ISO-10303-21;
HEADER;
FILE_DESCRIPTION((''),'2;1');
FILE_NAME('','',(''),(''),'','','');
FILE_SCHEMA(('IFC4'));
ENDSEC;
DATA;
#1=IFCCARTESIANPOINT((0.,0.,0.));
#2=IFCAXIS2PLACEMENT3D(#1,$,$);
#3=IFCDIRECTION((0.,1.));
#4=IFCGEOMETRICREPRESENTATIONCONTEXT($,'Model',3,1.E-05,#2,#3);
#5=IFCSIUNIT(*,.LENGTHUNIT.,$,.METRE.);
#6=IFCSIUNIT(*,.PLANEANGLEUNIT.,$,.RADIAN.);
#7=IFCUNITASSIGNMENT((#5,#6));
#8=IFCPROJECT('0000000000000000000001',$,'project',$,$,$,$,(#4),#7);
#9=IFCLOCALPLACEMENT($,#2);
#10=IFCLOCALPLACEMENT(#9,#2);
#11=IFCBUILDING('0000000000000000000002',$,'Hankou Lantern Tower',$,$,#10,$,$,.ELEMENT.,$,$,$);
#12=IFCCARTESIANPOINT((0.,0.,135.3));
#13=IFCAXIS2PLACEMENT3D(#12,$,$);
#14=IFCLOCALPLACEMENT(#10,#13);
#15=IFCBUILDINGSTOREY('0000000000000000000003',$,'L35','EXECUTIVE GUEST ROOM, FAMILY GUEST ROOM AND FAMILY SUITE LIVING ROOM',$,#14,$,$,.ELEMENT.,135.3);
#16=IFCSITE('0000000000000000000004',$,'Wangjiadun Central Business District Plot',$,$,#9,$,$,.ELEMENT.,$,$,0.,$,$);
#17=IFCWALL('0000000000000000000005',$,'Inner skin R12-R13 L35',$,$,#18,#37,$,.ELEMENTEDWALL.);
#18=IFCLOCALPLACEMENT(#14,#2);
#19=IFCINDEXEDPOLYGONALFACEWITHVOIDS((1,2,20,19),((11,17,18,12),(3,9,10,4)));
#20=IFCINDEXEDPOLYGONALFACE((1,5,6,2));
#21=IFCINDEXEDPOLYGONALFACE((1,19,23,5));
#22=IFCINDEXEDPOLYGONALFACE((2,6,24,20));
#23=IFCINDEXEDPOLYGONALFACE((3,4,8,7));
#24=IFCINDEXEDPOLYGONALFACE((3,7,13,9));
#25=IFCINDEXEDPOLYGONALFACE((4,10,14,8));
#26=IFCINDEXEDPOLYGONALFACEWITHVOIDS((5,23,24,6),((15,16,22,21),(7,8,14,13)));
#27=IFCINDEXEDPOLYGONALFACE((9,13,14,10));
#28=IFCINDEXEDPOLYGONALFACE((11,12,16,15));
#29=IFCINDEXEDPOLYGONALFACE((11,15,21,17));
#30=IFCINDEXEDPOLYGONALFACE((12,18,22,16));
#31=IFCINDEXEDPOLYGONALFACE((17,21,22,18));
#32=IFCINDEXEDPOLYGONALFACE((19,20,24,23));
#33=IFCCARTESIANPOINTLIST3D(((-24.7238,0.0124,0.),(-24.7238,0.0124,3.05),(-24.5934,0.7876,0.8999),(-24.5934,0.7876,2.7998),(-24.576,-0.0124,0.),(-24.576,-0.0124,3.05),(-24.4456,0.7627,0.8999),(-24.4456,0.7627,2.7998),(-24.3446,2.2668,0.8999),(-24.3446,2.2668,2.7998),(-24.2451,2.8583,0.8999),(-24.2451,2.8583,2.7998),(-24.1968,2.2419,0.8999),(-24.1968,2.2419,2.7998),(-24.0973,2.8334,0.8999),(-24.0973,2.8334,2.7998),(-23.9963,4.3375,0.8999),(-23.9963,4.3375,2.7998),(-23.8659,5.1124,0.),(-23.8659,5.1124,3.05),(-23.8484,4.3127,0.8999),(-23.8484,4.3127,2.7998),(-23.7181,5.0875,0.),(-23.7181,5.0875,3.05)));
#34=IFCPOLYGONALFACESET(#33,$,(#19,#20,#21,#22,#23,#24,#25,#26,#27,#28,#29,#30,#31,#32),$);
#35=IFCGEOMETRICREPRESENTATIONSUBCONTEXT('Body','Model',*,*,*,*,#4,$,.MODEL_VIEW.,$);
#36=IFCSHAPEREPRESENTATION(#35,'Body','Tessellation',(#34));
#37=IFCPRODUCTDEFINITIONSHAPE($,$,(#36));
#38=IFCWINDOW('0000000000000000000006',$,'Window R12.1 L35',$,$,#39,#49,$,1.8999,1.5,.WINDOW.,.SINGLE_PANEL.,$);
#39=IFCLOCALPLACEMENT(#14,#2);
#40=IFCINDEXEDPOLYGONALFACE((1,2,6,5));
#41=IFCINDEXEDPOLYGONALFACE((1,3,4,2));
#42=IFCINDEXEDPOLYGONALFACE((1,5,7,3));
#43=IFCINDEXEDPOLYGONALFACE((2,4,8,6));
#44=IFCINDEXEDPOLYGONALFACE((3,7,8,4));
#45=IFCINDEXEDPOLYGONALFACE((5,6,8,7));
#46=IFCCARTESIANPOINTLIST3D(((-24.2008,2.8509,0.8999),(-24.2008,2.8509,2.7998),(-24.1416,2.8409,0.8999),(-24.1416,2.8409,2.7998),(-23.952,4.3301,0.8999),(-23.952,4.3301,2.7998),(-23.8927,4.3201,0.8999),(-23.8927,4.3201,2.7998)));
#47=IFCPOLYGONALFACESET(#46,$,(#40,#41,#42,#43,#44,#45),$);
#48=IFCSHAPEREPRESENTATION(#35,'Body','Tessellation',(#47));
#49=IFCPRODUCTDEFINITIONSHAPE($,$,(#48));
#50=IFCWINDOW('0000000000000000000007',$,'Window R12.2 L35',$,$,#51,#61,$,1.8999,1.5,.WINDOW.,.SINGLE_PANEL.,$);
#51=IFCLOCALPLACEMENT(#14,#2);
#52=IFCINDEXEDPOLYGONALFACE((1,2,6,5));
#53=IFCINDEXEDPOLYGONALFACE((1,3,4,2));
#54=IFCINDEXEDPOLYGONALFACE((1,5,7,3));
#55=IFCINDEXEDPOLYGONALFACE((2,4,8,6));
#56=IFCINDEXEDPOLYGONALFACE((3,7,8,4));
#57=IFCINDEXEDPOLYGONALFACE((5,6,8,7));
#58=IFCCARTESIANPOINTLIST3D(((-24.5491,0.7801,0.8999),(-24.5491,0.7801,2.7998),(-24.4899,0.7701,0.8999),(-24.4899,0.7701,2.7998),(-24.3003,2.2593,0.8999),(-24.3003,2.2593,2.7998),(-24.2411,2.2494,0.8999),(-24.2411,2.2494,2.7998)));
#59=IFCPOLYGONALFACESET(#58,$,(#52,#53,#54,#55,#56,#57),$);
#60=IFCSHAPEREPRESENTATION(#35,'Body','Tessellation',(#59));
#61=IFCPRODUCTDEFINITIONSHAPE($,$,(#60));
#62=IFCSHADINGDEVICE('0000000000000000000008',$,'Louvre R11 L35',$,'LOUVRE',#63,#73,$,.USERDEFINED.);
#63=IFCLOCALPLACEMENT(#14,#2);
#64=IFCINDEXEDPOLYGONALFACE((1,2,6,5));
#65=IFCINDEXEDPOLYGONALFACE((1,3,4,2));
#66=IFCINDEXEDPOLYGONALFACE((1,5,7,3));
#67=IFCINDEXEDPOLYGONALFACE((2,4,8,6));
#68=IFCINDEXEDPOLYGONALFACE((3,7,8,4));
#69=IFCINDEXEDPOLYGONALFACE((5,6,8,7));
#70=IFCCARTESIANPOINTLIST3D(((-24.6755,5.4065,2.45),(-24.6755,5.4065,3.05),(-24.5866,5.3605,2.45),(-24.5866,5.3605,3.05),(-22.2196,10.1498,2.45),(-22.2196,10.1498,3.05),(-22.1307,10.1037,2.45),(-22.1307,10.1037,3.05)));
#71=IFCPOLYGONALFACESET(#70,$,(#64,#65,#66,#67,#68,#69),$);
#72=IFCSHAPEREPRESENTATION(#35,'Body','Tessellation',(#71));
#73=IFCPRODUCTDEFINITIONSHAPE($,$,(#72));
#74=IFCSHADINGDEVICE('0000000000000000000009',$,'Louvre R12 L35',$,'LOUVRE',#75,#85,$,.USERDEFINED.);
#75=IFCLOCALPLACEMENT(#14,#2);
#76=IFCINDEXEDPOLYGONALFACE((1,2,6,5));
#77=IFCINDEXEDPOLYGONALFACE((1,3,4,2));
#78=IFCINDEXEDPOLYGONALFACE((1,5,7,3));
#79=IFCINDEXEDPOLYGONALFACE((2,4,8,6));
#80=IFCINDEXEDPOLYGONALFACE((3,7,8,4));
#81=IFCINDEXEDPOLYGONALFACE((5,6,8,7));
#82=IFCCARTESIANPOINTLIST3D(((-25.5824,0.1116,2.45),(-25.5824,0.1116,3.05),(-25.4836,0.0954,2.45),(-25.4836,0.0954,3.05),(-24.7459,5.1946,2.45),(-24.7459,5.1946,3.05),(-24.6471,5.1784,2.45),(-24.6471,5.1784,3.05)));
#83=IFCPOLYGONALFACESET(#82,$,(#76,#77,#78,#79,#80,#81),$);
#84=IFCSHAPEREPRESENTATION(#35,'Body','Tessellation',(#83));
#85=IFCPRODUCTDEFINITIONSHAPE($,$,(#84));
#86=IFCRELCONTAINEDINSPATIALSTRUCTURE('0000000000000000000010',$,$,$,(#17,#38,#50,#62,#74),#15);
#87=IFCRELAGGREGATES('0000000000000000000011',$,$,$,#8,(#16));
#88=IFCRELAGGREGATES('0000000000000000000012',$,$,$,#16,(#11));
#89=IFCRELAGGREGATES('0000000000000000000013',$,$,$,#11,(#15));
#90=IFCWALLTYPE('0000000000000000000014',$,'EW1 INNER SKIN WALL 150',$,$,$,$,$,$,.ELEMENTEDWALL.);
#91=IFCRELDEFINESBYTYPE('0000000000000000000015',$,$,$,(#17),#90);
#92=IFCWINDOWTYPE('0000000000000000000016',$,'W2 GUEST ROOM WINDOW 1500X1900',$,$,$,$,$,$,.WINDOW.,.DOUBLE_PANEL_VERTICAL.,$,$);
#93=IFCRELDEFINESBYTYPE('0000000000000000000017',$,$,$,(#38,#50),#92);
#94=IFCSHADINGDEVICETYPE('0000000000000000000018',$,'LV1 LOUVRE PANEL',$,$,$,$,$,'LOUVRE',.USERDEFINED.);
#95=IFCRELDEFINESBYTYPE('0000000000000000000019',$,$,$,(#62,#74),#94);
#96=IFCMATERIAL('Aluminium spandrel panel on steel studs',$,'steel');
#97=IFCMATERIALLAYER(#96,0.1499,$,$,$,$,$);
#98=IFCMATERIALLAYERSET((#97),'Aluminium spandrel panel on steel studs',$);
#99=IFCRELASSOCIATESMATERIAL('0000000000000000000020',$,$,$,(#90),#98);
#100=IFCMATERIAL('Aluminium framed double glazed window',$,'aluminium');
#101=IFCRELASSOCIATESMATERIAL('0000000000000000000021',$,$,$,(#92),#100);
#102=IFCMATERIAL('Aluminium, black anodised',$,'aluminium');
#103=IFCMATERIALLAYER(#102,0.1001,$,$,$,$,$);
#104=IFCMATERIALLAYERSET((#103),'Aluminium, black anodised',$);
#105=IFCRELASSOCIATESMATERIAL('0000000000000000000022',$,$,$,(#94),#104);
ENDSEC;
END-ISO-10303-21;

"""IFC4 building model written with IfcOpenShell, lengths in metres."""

from ifc_helpers import new_model, si_unit, direction, frame, frame_2d, origin, origin_2d, place, context, subcontext, project, spatial, rectangle, extrude, material, layer, layer_set, type_object, element, fill, save


model = new_model("IFC4")

# Units and contexts
model_context = context("Model", 3, precision=1e-05, world=origin(), true_north=direction((0.0, 1.0)))
body_context = subcontext(model_context, "Body", "Model", "MODEL_VIEW")
ifc_project = project(units=[si_unit("LENGTHUNIT", "METRE"), si_unit("PLANEANGLEUNIT", "RADIAN")], contexts=[model_context])

# Site, building, storey
site_placement = place(None, origin())
site = spatial("IfcSite", under=ifc_project, at=site_placement, Name="Wangjiadun Central Business District Plot", CompositionType="ELEMENT", RefElevation=0.0)
building_placement = place(site_placement, origin())
building = spatial("IfcBuilding", under=site, at=building_placement, Name="Hankou Lantern Tower", CompositionType="ELEMENT")
storey_placement = place(building_placement, frame((0.0, 0.0, 135.3)))
storey = spatial("IfcBuildingStorey", under=building, at=storey_placement, Name="L35", Description="EXECUTIVE GUEST ROOM, FAMILY GUEST ROOM AND FAMILY SUITE LIVING ROOM", CompositionType="ELEMENT", Elevation=135.3)

# Wall, openings, windows
ifc_material_1 = material(Name="Aluminium spandrel panel on steel studs", Category="steel")
ifc_layer_1 = layer(ifc_material_1, 0.1499)
ifc_layer_set_1 = layer_set([ifc_layer_1], Name="Aluminium spandrel panel on steel studs")
wall_type = type_object("IfcWallType", Name="EW1 INNER SKIN WALL 150", PredefinedType="ELEMENTEDWALL", material=ifc_layer_set_1)
ifc_material_2 = material(Name="Aluminium framed double glazed window", Category="aluminium")
window_type = type_object("IfcWindowType", Name="W2 GUEST ROOM WINDOW 1500X1900", PartitioningType="DOUBLE_PANEL_VERTICAL", PredefinedType="WINDOW", material=ifc_material_2)
wall_1_placement = place(storey_placement, frame((-23.792, 5.1001, 0.0), z_axis=(0.0, 0.0, 1.0), x_axis=(-0.165884, -0.986145, 0.0)))
wall_1 = element("IfcWall", 1, at=wall_1_placement, inside=storey, type_object=wall_type, Name="Inner skin R12-R13 L35", PredefinedType="ELEMENTEDWALL", context=body_context, shape_type="SweptSolid", body=[
    extrude(rectangle(XDim=5.1716, YDim=0.1499, at=frame_2d((2.5859, 0.0))), origin(), (0.0, 0.0, 1.0), 3.05),
])
opening_1_placement = place(wall_1_placement, frame((0.7859, 0.0, 0.8999)))
opening_1 = element("IfcOpeningElement", 2, at=opening_1_placement, cuts=wall_1, PredefinedType="OPENING", context=body_context, shape_type="SweptSolid", body=[
    extrude(rectangle(XDim=1.5, YDim=1.8999, at=frame_2d((0.75, 0.95))), frame((0.0, 0.085, 0.0), z_axis=(0.0, -1.0, 0.0), x_axis=(1.0, 0.0, 0.0)), (0.0, 0.0, 1.0), 0.1699),
])
opening_2_placement = place(wall_1_placement, frame((2.8857, 0.0, 0.8999)))
opening_2 = element("IfcOpeningElement", 3, at=opening_2_placement, cuts=wall_1, PredefinedType="OPENING", context=body_context, shape_type="SweptSolid", body=[
    extrude(rectangle(XDim=1.5, YDim=1.8999, at=frame_2d((0.75, 0.95))), frame((0.0, 0.085, 0.0), z_axis=(0.0, -1.0, 0.0), x_axis=(1.0, 0.0, 0.0)), (0.0, 0.0, 1.0), 0.1699),
])
window_1_placement = place(opening_1_placement, origin())
window_1 = element("IfcWindow", 4, at=window_1_placement, inside=storey, type_object=window_type, Name="Window R12.1 L35", OverallHeight=1.8999, OverallWidth=1.5, PartitioningType="SINGLE_PANEL", PredefinedType="WINDOW", context=body_context, shape_type="SweptSolid", body=[
    extrude(rectangle(XDim=1.5, YDim=1.8999, at=frame_2d((0.75, 0.95))), frame((0.0, 0.03, 0.0), z_axis=(0.0, -1.0, 0.0), x_axis=(1.0, 0.0, 0.0)), (0.0, 0.0, 1.0), 0.0601),
])
fill(opening_1, window_1)
window_2_placement = place(opening_2_placement, origin())
window_2 = element("IfcWindow", 5, at=window_2_placement, inside=storey, type_object=window_type, Name="Window R12.2 L35", OverallHeight=1.8999, OverallWidth=1.5, PartitioningType="SINGLE_PANEL", PredefinedType="WINDOW", context=body_context, shape_type="SweptSolid", body=[
    extrude(rectangle(XDim=1.5, YDim=1.8999, at=frame_2d((0.75, 0.95))), frame((0.0, 0.03, 0.0), z_axis=(0.0, -1.0, 0.0), x_axis=(1.0, 0.0, 0.0)), (0.0, 0.0, 1.0), 0.0601),
])
fill(opening_2, window_2)

# Shading devices
ifc_material_3 = material(Name="Aluminium, black anodised", Category="aluminium")
ifc_layer_2 = layer(ifc_material_3, 0.1001)
ifc_layer_set_2 = layer_set([ifc_layer_2], Name="Aluminium, black anodised")
shading_device_type = type_object("IfcShadingDeviceType", Name="LV1 LOUVRE PANEL", ElementType="LOUVRE", PredefinedType="USERDEFINED", material=ifc_layer_set_2)
shading_device_1_placement = place(storey_placement, frame((-23.4031, 7.7551, 2.45), z_axis=(0.0, 0.0, 1.0), x_axis=(-0.459791, -0.888027, 0.0)))
element("IfcShadingDevice", 6, at=shading_device_1_placement, inside=storey, type_object=shading_device_type, Name="Louvre R11 L35", ObjectType="LOUVRE", PredefinedType="USERDEFINED", context=body_context, shape_type="SweptSolid", body=[
    extrude(rectangle(XDim=5.3413, YDim=0.1001, at=origin_2d()), origin(), (0.0, 0.0, 1.0), 0.6001),
])
shading_device_2_placement = place(storey_placement, frame((-25.1147, 2.645, 2.45), z_axis=(0.0, 0.0, 1.0), x_axis=(-0.162382, -0.986728, 0.0)))
element("IfcShadingDevice", 7, at=shading_device_2_placement, inside=storey, type_object=shading_device_type, Name="Louvre R12 L35", ObjectType="LOUVRE", PredefinedType="USERDEFINED", context=body_context, shape_type="SweptSolid", body=[
    extrude(rectangle(XDim=5.1514, YDim=0.1001, at=origin_2d()), origin(), (0.0, 0.0, 1.0), 0.6001),
])

save(model, "model.ifc")
